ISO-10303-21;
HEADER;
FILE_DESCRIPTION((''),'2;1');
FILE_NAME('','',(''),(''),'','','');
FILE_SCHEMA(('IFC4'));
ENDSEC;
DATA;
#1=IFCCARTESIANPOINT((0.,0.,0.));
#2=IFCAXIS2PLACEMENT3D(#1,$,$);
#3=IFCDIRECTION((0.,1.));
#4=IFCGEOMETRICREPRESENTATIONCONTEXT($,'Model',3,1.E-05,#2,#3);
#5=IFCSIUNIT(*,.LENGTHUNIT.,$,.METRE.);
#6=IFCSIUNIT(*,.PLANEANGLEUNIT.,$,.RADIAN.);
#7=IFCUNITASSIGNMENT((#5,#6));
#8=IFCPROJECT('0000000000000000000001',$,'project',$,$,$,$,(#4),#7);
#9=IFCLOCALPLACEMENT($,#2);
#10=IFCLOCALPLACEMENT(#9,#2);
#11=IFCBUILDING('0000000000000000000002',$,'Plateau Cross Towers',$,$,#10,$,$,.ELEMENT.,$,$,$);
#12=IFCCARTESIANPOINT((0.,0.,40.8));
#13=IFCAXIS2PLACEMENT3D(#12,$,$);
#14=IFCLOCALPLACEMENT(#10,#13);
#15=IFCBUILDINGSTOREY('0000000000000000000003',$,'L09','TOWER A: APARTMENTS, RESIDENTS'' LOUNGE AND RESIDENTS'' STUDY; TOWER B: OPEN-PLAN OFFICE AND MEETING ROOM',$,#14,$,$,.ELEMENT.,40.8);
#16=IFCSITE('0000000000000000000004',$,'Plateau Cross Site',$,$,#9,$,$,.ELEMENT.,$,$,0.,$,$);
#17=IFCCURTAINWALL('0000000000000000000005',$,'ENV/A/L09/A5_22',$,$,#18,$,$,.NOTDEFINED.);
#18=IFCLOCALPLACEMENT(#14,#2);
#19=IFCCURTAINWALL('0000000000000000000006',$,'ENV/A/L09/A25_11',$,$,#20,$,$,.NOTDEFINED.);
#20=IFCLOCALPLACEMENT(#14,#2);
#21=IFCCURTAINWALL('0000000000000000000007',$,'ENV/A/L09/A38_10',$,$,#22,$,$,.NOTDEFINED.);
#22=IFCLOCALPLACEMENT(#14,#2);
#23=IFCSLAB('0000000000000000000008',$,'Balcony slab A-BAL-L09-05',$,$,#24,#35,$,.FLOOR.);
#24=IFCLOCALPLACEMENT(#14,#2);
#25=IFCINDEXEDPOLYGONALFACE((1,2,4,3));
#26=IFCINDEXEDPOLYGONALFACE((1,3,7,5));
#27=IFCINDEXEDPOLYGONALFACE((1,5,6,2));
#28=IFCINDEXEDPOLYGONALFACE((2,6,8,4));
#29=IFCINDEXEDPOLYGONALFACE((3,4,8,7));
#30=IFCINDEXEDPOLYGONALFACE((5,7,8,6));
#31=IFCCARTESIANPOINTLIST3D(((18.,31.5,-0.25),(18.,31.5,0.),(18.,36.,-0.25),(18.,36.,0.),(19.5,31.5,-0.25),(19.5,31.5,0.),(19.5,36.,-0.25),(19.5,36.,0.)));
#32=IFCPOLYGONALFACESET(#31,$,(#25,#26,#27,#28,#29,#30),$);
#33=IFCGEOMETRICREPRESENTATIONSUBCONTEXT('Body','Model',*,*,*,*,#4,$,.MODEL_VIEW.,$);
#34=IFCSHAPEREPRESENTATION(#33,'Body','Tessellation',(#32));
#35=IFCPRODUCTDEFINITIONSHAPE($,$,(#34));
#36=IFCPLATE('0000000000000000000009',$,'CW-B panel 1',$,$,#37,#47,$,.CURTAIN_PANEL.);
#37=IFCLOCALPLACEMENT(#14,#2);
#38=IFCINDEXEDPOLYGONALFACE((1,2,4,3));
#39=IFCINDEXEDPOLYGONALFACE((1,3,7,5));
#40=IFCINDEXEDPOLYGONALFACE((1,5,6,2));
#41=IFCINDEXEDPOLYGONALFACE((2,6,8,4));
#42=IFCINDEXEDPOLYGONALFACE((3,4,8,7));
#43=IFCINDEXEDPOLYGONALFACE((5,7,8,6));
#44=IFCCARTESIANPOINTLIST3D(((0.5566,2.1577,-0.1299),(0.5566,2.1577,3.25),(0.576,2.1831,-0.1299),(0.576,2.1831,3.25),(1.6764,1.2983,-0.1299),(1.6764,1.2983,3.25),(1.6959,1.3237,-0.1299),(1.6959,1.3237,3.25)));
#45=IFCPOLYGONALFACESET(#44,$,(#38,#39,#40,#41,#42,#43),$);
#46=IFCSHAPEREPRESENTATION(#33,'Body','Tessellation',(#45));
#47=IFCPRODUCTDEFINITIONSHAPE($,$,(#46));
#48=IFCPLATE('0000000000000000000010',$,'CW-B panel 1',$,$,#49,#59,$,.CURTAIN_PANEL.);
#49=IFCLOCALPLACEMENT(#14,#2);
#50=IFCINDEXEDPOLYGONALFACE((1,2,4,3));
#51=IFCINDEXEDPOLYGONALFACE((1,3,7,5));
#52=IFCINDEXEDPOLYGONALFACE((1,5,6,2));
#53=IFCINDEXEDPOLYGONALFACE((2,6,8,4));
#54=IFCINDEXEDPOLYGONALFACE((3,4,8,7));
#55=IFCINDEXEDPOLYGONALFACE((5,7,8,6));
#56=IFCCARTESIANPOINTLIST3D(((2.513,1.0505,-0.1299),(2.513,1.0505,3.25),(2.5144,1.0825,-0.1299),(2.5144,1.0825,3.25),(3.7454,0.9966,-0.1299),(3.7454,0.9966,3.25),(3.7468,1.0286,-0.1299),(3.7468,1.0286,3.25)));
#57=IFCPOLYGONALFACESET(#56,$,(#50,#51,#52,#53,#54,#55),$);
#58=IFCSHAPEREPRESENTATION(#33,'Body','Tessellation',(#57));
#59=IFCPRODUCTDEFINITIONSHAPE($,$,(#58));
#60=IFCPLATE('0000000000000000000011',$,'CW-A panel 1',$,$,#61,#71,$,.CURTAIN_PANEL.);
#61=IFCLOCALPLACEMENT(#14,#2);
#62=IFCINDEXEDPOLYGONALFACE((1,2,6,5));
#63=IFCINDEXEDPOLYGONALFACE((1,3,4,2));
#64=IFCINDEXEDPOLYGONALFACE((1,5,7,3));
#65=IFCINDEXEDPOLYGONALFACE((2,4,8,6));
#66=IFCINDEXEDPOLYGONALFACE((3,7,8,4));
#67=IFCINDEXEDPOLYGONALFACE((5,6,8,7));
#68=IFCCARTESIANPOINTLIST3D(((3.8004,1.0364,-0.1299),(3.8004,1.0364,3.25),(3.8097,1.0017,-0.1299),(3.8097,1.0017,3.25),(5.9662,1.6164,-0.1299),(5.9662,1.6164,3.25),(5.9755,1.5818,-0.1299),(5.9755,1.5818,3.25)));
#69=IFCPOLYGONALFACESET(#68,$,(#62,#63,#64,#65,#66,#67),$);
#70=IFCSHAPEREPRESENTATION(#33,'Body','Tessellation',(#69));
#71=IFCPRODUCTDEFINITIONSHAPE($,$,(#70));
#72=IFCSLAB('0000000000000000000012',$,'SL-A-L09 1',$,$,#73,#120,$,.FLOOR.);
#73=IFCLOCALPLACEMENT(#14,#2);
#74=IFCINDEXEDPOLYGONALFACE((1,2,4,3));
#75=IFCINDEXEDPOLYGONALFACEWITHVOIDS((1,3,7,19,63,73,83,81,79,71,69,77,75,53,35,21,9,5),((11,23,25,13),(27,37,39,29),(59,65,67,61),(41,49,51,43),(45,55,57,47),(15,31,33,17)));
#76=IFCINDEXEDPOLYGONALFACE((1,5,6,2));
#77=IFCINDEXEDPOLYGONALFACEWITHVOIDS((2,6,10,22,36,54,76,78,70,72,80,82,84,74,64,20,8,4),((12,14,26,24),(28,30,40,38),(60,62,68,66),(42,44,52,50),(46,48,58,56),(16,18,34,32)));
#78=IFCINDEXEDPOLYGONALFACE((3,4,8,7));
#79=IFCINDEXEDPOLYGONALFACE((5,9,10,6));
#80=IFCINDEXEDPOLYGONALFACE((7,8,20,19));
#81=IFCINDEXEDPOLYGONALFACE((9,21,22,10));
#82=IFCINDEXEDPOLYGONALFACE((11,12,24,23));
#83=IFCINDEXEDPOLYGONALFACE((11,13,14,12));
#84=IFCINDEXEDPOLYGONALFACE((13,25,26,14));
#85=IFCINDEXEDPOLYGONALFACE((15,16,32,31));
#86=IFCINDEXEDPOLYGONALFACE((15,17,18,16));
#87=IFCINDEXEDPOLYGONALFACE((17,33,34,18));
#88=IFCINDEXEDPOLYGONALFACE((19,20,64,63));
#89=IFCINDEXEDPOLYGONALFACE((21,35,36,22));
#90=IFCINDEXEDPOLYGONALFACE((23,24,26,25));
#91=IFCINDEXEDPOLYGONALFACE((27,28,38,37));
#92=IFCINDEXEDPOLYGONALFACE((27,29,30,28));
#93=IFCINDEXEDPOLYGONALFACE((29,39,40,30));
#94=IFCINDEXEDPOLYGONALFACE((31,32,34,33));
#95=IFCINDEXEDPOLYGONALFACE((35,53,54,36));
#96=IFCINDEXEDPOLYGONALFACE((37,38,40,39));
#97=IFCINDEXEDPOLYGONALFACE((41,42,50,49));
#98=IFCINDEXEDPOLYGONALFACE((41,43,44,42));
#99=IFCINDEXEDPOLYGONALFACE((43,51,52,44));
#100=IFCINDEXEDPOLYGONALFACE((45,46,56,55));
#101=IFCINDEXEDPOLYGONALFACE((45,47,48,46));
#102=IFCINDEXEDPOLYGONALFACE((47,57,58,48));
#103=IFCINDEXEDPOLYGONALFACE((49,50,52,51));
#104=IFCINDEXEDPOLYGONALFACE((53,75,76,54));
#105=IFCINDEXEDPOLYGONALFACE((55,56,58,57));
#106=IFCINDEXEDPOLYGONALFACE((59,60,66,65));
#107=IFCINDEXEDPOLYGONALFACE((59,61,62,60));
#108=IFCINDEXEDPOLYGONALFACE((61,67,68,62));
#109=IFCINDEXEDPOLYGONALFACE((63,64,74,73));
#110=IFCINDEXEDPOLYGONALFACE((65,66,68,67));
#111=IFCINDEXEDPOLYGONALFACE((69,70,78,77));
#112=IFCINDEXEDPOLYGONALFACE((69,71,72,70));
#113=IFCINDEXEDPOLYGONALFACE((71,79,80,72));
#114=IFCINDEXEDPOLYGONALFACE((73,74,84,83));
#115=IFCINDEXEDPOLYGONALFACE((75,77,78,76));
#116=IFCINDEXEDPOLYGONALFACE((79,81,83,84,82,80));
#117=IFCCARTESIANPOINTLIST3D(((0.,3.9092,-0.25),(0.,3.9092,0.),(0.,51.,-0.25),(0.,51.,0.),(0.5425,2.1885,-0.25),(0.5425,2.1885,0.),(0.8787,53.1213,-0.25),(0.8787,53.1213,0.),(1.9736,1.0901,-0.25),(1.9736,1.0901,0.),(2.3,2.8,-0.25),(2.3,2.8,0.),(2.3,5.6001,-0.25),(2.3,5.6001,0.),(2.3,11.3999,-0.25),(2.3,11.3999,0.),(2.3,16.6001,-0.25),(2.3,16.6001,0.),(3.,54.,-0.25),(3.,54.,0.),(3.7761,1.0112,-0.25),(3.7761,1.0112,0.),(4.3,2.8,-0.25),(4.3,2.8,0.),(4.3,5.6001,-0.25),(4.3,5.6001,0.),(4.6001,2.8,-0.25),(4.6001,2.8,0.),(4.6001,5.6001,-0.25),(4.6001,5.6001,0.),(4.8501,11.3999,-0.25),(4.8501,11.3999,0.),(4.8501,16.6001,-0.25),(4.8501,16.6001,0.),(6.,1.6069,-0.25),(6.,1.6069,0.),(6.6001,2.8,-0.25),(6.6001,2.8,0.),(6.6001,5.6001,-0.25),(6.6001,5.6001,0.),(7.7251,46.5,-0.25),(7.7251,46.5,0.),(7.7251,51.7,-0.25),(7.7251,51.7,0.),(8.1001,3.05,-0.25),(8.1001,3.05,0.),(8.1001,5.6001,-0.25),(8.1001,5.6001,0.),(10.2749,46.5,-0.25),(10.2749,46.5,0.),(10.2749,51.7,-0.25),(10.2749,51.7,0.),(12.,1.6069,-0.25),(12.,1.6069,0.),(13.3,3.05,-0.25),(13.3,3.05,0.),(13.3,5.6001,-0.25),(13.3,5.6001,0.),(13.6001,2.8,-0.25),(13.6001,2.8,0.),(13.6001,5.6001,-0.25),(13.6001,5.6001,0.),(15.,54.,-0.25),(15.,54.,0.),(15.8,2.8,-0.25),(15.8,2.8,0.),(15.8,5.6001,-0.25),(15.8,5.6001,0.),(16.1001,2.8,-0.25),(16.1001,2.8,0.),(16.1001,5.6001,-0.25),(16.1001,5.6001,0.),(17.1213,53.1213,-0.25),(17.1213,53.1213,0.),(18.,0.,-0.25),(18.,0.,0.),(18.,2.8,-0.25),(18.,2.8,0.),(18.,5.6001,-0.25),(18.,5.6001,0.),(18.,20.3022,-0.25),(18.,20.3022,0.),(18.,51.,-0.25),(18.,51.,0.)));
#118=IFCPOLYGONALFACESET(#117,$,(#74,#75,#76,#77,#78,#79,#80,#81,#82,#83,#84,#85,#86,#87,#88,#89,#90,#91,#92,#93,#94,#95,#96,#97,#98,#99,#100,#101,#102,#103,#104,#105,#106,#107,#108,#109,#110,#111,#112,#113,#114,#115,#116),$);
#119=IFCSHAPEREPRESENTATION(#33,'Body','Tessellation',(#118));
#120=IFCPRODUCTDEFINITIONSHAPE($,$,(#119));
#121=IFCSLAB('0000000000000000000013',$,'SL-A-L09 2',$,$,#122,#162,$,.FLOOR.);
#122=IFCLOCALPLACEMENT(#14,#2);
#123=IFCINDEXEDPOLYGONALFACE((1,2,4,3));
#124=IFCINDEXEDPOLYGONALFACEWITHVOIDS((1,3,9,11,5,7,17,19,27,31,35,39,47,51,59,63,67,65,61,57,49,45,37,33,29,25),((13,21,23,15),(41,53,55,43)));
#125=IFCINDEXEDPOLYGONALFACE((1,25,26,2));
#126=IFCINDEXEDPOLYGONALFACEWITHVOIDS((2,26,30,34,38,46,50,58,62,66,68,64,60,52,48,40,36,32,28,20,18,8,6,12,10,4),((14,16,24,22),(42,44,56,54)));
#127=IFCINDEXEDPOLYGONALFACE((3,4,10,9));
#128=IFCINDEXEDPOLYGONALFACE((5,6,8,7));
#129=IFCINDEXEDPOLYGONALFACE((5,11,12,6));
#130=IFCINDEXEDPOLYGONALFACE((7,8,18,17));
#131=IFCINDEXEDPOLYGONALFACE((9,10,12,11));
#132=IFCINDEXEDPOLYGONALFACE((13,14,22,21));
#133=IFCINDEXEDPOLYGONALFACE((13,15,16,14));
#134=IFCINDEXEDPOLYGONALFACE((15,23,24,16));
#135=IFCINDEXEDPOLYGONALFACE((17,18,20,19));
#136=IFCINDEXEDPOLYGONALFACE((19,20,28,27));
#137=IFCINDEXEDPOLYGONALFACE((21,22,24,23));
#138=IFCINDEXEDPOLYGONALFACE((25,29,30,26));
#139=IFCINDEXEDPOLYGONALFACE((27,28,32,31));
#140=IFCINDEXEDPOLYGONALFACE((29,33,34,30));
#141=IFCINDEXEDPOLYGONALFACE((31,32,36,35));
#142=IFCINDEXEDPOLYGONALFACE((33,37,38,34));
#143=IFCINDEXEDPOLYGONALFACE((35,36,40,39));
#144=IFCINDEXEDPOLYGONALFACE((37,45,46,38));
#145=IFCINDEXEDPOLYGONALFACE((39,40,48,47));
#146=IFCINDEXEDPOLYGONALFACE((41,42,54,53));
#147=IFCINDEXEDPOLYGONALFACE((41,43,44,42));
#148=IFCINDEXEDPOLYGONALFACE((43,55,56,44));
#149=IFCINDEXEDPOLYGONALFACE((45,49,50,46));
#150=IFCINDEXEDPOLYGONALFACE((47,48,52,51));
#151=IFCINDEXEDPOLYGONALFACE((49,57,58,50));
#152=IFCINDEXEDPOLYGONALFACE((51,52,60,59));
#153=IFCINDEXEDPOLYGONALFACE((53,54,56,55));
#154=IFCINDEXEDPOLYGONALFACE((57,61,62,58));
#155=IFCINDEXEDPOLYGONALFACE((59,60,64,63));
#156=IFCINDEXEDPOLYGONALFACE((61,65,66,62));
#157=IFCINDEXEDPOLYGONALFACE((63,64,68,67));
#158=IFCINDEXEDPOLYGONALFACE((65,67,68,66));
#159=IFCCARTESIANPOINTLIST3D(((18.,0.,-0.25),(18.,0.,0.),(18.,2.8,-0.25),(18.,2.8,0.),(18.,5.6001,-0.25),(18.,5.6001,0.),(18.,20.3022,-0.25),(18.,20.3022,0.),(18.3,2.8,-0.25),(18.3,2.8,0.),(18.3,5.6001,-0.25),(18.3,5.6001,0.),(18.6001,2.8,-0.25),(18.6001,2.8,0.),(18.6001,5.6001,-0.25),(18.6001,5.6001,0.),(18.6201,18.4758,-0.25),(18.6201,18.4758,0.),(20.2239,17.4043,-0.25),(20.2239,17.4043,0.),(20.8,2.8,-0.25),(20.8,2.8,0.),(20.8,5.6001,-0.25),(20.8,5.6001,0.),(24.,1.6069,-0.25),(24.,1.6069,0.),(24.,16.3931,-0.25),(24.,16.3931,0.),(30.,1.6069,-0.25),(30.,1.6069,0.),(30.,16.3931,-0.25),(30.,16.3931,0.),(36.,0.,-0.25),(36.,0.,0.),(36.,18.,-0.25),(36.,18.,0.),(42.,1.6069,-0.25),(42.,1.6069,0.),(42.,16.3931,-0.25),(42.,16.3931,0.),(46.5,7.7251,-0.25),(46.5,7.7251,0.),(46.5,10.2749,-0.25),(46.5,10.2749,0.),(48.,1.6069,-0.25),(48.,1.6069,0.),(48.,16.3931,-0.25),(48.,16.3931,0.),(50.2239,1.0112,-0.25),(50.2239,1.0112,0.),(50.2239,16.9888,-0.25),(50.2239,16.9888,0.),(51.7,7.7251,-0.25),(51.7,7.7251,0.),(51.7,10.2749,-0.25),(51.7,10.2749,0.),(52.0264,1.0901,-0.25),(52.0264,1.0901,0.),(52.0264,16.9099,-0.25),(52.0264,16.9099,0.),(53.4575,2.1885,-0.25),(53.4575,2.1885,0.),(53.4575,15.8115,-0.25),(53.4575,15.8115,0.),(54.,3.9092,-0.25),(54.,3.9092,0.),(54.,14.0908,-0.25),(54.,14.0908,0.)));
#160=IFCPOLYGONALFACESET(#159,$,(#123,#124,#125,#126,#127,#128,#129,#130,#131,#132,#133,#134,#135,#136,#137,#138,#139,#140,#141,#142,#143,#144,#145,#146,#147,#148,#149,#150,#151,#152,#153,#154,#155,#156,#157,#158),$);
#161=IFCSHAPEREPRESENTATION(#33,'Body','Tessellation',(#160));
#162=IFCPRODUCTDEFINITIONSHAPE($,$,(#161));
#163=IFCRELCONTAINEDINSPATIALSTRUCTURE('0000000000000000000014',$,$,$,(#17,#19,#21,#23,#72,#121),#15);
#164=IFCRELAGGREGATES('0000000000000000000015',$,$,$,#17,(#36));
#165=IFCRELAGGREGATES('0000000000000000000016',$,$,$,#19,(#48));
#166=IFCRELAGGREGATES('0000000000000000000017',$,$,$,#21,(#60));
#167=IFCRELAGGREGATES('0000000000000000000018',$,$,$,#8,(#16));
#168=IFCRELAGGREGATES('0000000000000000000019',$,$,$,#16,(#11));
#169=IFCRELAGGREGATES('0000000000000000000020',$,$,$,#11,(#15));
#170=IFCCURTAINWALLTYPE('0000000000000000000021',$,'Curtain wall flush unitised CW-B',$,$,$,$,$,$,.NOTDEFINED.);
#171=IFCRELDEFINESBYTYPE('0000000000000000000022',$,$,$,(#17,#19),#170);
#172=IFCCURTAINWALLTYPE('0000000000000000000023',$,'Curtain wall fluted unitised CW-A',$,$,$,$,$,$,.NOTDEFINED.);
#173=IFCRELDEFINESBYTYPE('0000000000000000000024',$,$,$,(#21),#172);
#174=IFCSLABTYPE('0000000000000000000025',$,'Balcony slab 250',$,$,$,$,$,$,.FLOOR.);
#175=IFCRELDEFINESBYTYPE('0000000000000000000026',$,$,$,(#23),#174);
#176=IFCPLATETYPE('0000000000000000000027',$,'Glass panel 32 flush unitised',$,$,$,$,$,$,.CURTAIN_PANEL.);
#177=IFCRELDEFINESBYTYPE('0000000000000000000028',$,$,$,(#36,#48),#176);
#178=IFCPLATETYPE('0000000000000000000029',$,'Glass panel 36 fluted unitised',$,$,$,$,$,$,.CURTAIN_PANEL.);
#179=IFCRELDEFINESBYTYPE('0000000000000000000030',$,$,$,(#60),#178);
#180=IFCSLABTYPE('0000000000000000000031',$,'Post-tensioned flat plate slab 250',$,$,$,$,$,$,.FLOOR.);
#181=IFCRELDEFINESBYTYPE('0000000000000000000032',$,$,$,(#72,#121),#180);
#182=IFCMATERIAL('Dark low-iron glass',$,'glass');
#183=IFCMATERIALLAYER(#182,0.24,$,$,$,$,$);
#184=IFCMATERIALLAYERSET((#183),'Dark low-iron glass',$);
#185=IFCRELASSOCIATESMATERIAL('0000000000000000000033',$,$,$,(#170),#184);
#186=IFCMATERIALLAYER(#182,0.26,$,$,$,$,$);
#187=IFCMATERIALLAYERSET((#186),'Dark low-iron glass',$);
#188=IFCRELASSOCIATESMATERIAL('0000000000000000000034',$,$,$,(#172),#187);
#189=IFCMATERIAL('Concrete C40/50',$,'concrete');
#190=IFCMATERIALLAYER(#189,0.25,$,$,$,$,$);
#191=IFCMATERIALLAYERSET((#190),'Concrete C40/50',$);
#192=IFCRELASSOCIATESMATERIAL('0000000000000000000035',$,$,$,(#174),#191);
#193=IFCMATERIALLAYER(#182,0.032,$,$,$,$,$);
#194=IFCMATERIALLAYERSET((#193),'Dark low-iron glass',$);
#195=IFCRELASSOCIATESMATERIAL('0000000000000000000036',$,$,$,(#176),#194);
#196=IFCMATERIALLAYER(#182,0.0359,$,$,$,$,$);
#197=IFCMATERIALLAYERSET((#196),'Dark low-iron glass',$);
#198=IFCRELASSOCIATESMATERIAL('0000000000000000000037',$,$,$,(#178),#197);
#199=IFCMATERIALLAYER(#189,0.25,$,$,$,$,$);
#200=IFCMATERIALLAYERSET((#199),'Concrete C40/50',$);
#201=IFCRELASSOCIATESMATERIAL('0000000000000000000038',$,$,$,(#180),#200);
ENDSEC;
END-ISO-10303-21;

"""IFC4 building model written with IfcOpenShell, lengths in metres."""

from ifc_helpers import new_model, si_unit, direction, frame, origin, origin_2d, place, context, subcontext, project, spatial, polyline, rectangle, outline, extrude, material, layer, layer_set, type_object, element, aggregate, save


model = new_model("IFC4")

# Units and contexts
model_context = context("Model", 3, precision=1e-05, world=origin(), true_north=direction((0.0, 1.0)))
body_context = subcontext(model_context, "Body", "Model", "MODEL_VIEW")
ifc_project = project(units=[si_unit("LENGTHUNIT", "METRE"), si_unit("PLANEANGLEUNIT", "RADIAN")], contexts=[model_context])

# Site, building, storey
site_placement = place(None, origin())
site = spatial("IfcSite", under=ifc_project, at=site_placement, Name="Plateau Cross Site", CompositionType="ELEMENT", RefElevation=0.0)
building_placement = place(site_placement, origin())
building = spatial("IfcBuilding", under=site, at=building_placement, Name="Plateau Cross Towers", CompositionType="ELEMENT")
storey_placement = place(building_placement, frame((0.0, 0.0, 40.8)))
storey = spatial("IfcBuildingStorey", under=building, at=storey_placement, Name="L09", Description="TOWER A: APARTMENTS, RESIDENTS' LOUNGE AND RESIDENTS' STUDY; TOWER B: OPEN-PLAN OFFICE AND MEETING ROOM", CompositionType="ELEMENT", Elevation=40.8)

# Curtain wall
ifc_material_1 = material(Name="Dark low-iron glass", Category="glass")
ifc_layer_1 = layer(ifc_material_1, 0.24)
ifc_layer_set_1 = layer_set([ifc_layer_1], Name="Dark low-iron glass")
curtain_wall_type_1 = type_object("IfcCurtainWallType", Name="Curtain wall flush unitised CW-B", PredefinedType="NOTDEFINED", material=ifc_layer_set_1)
curtain_wall_1_placement = place(storey_placement, origin())
curtain_wall_1 = element("IfcCurtainWall", 1, at=curtain_wall_1_placement, inside=storey, type_object=curtain_wall_type_1, Name="ENV/A/L09/A5_22", PredefinedType="NOTDEFINED")

# Curtain walls
curtain_wall_2_placement = place(storey_placement, origin())
curtain_wall_2 = element("IfcCurtainWall", 2, at=curtain_wall_2_placement, inside=storey, type_object=curtain_wall_type_1, Name="ENV/A/L09/A25_11", PredefinedType="NOTDEFINED")
ifc_layer_2 = layer(ifc_material_1, 0.26)
ifc_layer_set_2 = layer_set([ifc_layer_2], Name="Dark low-iron glass")
curtain_wall_type_2 = type_object("IfcCurtainWallType", Name="Curtain wall fluted unitised CW-A", PredefinedType="NOTDEFINED", material=ifc_layer_set_2)
curtain_wall_3_placement = place(storey_placement, origin())
curtain_wall_3 = element("IfcCurtainWall", 3, at=curtain_wall_3_placement, inside=storey, type_object=curtain_wall_type_2, Name="ENV/A/L09/A38_10", PredefinedType="NOTDEFINED")

# Slab
ifc_material_2 = material(Name="Concrete C40/50", Category="concrete")
ifc_layer_3 = layer(ifc_material_2, 0.25)
ifc_layer_set_3 = layer_set([ifc_layer_3], Name="Concrete C40/50")
slab_type_1 = type_object("IfcSlabType", Name="Balcony slab 250", PredefinedType="FLOOR", material=ifc_layer_set_3)
slab_1_placement = place(storey_placement, frame((0.0, 0.0, -0.25)))
element("IfcSlab", 4, at=slab_1_placement, inside=storey, type_object=slab_type_1, Name="Balcony slab A-BAL-L09-05", PredefinedType="FLOOR", context=body_context, shape_type="SweptSolid", body=[
    extrude(outline(polyline([(19.5, 31.5), (19.5, 36.0), (18.0, 36.0), (18.0, 31.5), (19.5, 31.5)])), origin(), (0.0, 0.0, 1.0), 0.25),
])

# Plates
ifc_layer_4 = layer(ifc_material_1, 0.032)
ifc_layer_set_4 = layer_set([ifc_layer_4], Name="Dark low-iron glass")
plate_type_1 = type_object("IfcPlateType", Name="Glass panel 32 flush unitised", PredefinedType="CURTAIN_PANEL", material=ifc_layer_set_4)
plate_1_placement = place(storey_placement, frame((1.1262, 1.7407, -0.1299), z_axis=(0.0, 0.0, 1.0), x_axis=(0.793316, -0.608811, 0.0)))
plate_1 = element("IfcPlate", 5, at=plate_1_placement, type_object=plate_type_1, Name="CW-B panel 1", PredefinedType="CURTAIN_PANEL", context=body_context, shape_type="SweptSolid", body=[
    extrude(rectangle(XDim=1.4116, YDim=0.032, at=origin_2d()), origin(), (0.0, 0.0, 1.0), 3.3799),
])
aggregate(curtain_wall_1, [plate_1])
plate_2_placement = place(storey_placement, frame((3.1299, 1.0396, -0.1299), z_axis=(0.0, 0.0, 1.0), x_axis=(0.999044, -0.043723, 0.0)))
plate_2 = element("IfcPlate", 6, at=plate_2_placement, type_object=plate_type_1, Name="CW-B panel 1", PredefinedType="CURTAIN_PANEL", context=body_context, shape_type="SweptSolid", body=[
    extrude(rectangle(XDim=1.2336, YDim=0.032, at=origin_2d()), origin(), (0.0, 0.0, 1.0), 3.3799),
])
aggregate(curtain_wall_2, [plate_2])
ifc_layer_5 = layer(ifc_material_1, 0.0359)
ifc_layer_set_5 = layer_set([ifc_layer_5], Name="Dark low-iron glass")
plate_type_2 = type_object("IfcPlateType", Name="Glass panel 36 fluted unitised", PredefinedType="CURTAIN_PANEL", material=ifc_layer_set_5)
plate_3_placement = place(storey_placement, frame((4.8879, 1.3091, -0.1299), z_axis=(0.0, 0.0, 1.0), x_axis=(0.965958, 0.258699, 0.0)))
plate_3 = element("IfcPlate", 7, at=plate_3_placement, type_object=plate_type_2, Name="CW-A panel 1", PredefinedType="CURTAIN_PANEL", context=body_context, shape_type="SweptSolid", body=[
    extrude(rectangle(XDim=2.2422, YDim=0.0359, at=origin_2d()), origin(), (0.0, 0.0, 1.0), 3.3799),
])
aggregate(curtain_wall_3, [plate_3])

# Slabs
ifc_layer_6 = layer(ifc_material_2, 0.25)
ifc_layer_set_6 = layer_set([ifc_layer_6], Name="Concrete C40/50")
slab_type_2 = type_object("IfcSlabType", Name="Post-tensioned flat plate slab 250", PredefinedType="FLOOR", material=ifc_layer_set_6)
slab_2_placement = place(storey_placement, frame((0.0, 0.0, -0.25)))
element("IfcSlab", 8, at=slab_2_placement, inside=storey, type_object=slab_type_2, Name="SL-A-L09 1", PredefinedType="FLOOR", context=body_context, shape_type="SweptSolid", body=[
    extrude(outline(polyline([(0.5425, 2.1885), (0.0, 3.9092), (0.0, 51.0), (0.8787, 53.1213), (3.0, 54.0), (15.0, 54.0), (17.1213, 53.1213), (18.0, 51.0), (18.0, 20.3022), (18.0, 5.6001), (16.1001, 5.6001), (16.1001, 2.8), (18.0, 2.8), (18.0, 0.0), (12.0, 1.6069), (6.0, 1.6069), (3.7761, 1.0112), (1.9736, 1.0901), (0.5425, 2.1885)]), holes=[polyline([(4.3, 5.6001), (2.3, 5.6001), (2.3, 2.8), (4.3, 2.8), (4.3, 5.6001)]), polyline([(6.6001, 5.6001), (4.6001, 5.6001), (4.6001, 2.8), (6.6001, 2.8), (6.6001, 5.6001)]), polyline([(15.8, 5.6001), (13.6001, 5.6001), (13.6001, 2.8), (15.8, 2.8), (15.8, 5.6001)]), polyline([(13.3, 5.6001), (8.1001, 5.6001), (8.1001, 3.05), (13.3, 3.05), (13.3, 5.6001)]), polyline([(4.8501, 16.6001), (2.3, 16.6001), (2.3, 11.3999), (4.8501, 11.3999), (4.8501, 16.6001)]), polyline([(7.7251, 51.7), (7.7251, 46.5), (10.2749, 46.5), (10.2749, 51.7), (7.7251, 51.7)])]), origin(), (0.0, 0.0, 1.0), 0.25),
])
slab_3_placement = place(storey_placement, frame((0.0, 0.0, -0.25)))
element("IfcSlab", 9, at=slab_3_placement, inside=storey, type_object=slab_type_2, Name="SL-A-L09 2", PredefinedType="FLOOR", context=body_context, shape_type="SweptSolid", body=[
    extrude(outline(polyline([(18.6201, 18.4758), (20.2239, 17.4043), (24.0, 16.3931), (30.0, 16.3931), (36.0, 18.0), (42.0, 16.3931), (48.0, 16.3931), (50.2239, 16.9888), (52.0264, 16.9099), (53.4575, 15.8115), (54.0, 14.0908), (54.0, 3.9092), (53.4575, 2.1885), (52.0264, 1.0901), (50.2239, 1.0112), (48.0, 1.6069), (42.0, 1.6069), (36.0, 0.0), (30.0, 1.6069), (24.0, 1.6069), (18.0, 0.0), (18.0, 2.8), (18.3, 2.8), (18.3, 5.6001), (18.0, 5.6001), (18.0, 20.3022), (18.6201, 18.4758)]), holes=[polyline([(20.8, 5.6001), (18.6001, 5.6001), (18.6001, 2.8), (20.8, 2.8), (20.8, 5.6001)]), polyline([(51.7, 7.7251), (51.7, 10.2749), (46.5, 10.2749), (46.5, 7.7251), (51.7, 7.7251)])]), origin(), (0.0, 0.0, 1.0), 0.25),
])

save(model, "model.ifc")
